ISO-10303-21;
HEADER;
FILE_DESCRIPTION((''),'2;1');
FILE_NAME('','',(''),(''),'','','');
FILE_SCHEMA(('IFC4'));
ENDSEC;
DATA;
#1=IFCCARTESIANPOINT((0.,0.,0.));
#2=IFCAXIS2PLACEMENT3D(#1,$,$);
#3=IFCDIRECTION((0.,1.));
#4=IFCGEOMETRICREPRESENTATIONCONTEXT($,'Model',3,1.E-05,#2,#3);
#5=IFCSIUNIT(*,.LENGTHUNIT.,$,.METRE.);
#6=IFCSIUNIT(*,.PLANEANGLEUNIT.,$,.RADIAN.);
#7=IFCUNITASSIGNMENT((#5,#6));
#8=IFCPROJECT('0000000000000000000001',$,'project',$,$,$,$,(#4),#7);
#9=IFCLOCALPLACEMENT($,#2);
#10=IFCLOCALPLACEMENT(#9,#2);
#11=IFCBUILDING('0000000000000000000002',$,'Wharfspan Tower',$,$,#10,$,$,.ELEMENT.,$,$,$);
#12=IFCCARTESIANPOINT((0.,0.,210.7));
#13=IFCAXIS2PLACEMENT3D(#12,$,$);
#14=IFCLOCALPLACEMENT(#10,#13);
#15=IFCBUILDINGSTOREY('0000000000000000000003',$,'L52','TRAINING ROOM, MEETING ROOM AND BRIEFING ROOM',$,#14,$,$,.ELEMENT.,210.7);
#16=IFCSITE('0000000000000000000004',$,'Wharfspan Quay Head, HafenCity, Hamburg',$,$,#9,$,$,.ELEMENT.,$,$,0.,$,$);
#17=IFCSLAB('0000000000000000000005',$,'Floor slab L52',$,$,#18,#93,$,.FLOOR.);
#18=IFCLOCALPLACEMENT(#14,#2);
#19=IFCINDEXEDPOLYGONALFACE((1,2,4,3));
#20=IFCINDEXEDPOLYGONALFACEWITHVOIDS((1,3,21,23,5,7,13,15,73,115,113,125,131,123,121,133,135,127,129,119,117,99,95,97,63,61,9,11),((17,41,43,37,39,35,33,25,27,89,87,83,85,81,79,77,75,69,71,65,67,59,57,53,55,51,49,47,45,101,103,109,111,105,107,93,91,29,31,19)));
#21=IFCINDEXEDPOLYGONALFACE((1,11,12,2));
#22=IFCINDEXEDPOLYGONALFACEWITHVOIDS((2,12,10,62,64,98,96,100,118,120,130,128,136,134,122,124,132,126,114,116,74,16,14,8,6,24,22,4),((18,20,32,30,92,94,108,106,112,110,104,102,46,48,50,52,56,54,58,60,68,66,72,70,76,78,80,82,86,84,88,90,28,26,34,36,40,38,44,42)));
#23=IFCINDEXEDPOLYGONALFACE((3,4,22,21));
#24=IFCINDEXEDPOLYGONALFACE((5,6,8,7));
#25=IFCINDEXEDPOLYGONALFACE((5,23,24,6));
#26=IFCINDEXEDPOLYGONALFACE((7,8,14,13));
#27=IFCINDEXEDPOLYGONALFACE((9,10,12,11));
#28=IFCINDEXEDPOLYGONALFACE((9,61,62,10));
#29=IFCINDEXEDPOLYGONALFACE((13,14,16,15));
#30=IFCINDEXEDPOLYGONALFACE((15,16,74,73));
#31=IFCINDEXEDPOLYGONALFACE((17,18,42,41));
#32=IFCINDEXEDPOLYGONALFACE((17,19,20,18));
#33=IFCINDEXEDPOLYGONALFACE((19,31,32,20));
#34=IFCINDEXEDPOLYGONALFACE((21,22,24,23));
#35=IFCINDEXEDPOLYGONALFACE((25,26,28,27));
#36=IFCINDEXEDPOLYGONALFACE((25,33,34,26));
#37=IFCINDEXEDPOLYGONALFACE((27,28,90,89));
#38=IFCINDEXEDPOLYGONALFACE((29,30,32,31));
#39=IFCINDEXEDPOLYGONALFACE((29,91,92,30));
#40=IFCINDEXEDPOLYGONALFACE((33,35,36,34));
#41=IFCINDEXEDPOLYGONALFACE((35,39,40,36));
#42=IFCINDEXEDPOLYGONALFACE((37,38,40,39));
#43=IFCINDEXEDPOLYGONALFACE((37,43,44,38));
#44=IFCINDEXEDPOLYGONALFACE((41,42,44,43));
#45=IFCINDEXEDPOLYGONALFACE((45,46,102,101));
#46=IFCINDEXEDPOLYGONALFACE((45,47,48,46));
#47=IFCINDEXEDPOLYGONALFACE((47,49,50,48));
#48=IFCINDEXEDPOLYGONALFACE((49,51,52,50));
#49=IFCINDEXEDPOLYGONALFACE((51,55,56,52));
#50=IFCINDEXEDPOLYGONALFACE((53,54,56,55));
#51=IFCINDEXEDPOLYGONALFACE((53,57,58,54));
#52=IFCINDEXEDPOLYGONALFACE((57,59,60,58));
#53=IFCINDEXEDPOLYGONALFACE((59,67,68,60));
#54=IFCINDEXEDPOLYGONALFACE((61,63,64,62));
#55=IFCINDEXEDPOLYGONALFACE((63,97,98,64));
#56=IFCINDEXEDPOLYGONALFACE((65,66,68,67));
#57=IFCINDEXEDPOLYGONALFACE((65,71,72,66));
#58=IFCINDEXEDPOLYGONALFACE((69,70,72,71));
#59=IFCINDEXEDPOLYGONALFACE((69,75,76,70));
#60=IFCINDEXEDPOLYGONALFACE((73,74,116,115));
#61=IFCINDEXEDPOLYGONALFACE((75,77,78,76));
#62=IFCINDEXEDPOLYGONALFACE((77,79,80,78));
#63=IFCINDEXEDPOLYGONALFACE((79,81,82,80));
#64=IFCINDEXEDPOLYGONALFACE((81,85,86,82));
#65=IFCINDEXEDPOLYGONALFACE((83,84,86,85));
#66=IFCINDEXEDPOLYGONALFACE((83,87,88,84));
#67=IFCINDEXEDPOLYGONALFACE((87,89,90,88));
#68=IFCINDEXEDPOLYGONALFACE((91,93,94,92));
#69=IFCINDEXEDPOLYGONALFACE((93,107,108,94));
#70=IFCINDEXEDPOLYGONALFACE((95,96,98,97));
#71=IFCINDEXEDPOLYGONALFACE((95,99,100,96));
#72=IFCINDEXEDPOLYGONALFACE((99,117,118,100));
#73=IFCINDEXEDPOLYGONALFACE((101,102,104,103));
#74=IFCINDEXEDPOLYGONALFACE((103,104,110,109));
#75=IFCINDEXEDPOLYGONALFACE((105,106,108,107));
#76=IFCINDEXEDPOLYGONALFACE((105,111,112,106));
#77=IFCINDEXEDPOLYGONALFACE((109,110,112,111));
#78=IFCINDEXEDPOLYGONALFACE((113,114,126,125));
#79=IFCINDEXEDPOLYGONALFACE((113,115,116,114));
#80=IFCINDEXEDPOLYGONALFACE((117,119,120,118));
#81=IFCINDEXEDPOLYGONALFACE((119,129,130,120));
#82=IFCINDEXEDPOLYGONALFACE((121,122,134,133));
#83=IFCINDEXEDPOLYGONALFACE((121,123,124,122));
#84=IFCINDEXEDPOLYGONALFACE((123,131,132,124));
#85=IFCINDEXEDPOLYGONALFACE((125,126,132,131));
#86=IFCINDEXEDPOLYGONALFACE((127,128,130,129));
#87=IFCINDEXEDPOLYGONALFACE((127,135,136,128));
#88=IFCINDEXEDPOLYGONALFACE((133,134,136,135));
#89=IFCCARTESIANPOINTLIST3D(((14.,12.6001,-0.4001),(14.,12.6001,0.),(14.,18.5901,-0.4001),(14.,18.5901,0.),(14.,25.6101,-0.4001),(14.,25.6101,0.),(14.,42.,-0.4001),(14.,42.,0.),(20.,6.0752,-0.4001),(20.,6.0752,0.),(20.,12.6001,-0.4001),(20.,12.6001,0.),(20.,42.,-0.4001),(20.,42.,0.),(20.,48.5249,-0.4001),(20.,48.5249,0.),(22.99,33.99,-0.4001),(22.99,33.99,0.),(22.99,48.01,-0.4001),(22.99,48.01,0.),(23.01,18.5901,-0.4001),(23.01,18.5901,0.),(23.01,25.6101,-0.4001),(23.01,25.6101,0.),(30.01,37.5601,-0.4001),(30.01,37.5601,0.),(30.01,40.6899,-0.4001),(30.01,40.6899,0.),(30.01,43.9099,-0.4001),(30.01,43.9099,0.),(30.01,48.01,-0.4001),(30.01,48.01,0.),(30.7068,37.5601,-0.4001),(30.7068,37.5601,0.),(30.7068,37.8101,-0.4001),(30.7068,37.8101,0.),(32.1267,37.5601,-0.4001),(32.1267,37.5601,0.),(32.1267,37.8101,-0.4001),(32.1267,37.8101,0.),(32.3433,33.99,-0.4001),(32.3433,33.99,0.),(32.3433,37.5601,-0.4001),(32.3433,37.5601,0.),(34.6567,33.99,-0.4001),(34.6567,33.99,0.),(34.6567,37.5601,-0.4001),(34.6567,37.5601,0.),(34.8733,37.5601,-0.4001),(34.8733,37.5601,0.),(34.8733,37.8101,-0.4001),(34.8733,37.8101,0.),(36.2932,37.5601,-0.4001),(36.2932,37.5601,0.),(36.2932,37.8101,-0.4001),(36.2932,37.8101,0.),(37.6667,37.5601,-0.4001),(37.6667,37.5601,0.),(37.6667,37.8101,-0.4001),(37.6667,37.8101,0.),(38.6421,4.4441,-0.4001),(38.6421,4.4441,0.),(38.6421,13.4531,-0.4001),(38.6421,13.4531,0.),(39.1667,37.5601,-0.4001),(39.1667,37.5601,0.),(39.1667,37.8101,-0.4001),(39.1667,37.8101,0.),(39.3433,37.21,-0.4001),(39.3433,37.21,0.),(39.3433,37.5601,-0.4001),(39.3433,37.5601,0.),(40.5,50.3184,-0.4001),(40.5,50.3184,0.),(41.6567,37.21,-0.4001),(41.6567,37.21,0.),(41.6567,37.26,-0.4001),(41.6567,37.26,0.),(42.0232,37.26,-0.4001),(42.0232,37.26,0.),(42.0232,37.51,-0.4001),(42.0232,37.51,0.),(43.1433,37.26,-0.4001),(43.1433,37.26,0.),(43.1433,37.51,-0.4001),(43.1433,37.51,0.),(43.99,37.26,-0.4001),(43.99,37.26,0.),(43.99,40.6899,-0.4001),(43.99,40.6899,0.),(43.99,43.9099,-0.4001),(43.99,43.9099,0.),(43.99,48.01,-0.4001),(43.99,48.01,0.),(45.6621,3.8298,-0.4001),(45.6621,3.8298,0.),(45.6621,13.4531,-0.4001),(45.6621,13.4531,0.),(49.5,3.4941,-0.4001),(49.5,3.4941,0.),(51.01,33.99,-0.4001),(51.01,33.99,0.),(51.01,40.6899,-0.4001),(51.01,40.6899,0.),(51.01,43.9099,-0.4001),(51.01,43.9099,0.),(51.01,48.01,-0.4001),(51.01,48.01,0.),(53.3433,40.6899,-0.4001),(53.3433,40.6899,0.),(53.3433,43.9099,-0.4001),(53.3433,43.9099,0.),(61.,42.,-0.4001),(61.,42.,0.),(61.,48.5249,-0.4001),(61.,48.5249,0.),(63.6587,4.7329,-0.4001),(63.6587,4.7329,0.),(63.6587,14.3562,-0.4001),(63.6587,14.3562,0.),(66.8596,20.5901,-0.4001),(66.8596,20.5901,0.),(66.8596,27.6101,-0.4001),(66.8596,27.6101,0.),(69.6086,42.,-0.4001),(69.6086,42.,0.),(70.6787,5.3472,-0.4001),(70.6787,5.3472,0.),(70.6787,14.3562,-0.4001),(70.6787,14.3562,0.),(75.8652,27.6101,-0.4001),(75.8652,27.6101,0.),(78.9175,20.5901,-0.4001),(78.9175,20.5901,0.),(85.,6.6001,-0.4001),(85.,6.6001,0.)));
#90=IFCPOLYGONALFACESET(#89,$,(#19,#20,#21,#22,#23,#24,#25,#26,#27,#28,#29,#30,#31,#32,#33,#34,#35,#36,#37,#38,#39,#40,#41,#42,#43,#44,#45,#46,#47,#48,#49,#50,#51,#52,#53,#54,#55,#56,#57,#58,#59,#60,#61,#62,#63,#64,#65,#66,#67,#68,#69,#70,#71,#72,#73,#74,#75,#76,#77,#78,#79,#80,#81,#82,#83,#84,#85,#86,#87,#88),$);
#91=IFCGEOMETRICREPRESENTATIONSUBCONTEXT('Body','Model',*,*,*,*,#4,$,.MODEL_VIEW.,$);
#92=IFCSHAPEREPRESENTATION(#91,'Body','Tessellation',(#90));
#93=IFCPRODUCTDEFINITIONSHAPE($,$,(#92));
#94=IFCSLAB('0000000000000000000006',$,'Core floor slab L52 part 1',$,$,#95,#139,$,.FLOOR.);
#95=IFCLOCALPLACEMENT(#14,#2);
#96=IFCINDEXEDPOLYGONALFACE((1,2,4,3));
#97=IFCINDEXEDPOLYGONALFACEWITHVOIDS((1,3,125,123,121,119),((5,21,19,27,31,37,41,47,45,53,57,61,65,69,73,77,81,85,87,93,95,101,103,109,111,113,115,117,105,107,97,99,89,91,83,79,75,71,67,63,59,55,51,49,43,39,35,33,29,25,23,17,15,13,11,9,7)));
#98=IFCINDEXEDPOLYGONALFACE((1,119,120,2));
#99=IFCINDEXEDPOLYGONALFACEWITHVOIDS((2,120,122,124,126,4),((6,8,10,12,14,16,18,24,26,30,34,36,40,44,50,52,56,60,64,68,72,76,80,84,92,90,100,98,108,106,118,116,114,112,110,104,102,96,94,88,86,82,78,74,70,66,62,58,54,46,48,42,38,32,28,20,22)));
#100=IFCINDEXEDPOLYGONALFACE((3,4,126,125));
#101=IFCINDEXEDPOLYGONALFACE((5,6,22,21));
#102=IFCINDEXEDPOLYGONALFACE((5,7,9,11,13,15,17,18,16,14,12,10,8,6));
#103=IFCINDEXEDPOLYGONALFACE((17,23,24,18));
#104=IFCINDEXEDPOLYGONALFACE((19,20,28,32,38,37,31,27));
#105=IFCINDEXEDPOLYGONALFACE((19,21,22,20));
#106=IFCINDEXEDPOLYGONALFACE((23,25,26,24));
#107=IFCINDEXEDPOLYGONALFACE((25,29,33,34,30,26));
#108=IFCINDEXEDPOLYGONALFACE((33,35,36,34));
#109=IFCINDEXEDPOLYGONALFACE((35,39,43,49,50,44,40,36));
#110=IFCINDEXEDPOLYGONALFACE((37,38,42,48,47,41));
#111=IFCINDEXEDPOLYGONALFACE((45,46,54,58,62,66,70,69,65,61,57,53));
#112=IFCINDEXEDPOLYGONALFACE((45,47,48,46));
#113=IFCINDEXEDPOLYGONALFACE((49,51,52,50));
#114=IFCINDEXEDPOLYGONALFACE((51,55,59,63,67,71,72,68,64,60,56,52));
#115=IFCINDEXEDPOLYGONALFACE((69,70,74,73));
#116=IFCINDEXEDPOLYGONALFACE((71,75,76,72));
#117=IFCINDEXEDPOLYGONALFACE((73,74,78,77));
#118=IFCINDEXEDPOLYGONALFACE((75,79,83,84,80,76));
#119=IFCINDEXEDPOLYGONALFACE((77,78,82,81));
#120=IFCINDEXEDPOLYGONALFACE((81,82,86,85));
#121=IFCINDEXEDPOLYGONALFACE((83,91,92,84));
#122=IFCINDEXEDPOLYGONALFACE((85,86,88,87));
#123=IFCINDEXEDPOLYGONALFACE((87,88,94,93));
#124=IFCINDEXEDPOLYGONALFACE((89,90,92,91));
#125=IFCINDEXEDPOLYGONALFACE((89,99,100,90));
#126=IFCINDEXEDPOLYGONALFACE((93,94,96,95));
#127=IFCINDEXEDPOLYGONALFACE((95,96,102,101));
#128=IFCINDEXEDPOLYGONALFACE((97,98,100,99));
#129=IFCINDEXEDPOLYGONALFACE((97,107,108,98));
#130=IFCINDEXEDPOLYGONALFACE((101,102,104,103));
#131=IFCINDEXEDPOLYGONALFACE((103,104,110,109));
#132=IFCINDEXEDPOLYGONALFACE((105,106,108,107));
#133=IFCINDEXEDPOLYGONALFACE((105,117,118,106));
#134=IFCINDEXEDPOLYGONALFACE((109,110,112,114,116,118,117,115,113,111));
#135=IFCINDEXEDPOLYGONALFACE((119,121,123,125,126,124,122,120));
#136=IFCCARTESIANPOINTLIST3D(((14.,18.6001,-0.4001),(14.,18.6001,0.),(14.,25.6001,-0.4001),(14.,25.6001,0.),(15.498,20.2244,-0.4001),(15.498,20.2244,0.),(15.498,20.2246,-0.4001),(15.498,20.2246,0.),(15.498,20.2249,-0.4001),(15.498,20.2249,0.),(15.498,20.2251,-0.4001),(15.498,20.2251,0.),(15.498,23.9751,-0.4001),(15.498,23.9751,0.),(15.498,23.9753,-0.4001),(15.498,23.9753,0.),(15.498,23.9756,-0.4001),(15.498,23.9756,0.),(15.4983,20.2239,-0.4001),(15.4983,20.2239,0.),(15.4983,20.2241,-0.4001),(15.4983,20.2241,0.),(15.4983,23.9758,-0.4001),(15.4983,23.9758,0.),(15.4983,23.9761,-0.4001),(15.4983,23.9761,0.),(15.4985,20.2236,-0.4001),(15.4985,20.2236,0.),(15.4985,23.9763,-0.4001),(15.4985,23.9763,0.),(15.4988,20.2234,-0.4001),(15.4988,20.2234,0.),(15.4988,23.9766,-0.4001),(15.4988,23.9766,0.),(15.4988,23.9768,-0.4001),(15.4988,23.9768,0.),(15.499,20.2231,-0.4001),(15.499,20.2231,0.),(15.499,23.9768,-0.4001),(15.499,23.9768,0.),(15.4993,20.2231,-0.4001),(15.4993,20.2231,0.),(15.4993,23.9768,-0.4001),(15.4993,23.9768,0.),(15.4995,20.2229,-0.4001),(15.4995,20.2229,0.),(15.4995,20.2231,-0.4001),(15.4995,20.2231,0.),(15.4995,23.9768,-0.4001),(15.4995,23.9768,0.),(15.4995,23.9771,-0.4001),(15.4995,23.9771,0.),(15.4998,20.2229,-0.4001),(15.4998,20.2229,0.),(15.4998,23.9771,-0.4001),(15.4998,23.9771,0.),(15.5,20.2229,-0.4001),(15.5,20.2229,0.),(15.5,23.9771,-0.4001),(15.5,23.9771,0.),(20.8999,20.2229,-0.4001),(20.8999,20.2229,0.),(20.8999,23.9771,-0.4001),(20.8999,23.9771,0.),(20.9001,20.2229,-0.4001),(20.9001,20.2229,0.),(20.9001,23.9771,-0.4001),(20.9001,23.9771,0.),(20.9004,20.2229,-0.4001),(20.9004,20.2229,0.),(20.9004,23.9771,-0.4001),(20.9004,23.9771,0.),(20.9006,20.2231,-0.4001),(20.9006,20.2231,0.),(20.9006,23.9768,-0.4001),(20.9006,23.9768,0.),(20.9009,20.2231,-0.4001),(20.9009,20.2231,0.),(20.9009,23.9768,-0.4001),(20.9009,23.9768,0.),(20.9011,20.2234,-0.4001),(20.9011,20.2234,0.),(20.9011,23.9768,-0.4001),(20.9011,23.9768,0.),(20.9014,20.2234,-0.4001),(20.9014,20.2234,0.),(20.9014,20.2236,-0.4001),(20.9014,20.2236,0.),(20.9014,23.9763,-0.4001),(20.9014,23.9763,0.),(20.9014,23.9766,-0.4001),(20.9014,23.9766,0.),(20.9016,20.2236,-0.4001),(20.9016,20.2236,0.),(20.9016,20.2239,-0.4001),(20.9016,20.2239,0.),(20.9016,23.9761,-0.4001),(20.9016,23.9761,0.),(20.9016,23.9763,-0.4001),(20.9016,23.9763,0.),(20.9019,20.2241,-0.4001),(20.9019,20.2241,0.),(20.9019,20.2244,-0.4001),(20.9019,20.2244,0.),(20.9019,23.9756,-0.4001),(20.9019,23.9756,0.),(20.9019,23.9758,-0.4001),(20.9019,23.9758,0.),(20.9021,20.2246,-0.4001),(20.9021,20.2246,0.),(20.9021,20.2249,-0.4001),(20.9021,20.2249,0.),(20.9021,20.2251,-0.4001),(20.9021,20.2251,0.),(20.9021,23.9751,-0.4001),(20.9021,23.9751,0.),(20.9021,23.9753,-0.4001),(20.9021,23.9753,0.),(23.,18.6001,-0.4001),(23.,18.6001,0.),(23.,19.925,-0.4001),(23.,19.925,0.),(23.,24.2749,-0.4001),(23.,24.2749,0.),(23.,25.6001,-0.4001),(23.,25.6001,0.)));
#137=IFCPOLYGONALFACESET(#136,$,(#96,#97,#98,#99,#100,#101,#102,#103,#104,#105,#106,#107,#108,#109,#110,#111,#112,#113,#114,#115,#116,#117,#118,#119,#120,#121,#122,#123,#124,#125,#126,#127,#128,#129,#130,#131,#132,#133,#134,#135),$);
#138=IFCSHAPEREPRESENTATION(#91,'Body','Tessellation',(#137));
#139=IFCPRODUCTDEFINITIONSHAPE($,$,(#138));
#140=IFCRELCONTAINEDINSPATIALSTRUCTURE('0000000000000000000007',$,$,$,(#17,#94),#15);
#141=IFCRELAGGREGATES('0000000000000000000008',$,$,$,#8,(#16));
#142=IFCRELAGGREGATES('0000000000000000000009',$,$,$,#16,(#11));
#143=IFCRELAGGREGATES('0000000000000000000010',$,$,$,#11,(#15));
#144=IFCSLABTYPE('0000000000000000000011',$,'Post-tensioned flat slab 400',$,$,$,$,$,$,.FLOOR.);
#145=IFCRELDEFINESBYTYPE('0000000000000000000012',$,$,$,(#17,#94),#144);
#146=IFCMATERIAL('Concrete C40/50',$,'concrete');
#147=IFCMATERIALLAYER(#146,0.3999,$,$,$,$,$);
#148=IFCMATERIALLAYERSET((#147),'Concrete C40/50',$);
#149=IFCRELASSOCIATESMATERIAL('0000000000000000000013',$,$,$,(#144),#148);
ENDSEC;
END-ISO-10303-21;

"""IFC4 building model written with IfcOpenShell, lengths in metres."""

from ifc_helpers import new_model, si_unit, direction, frame, origin, place, context, subcontext, project, spatial, polyline, outline, extrude, material, layer, layer_set, type_object, element, save


model = new_model("IFC4")

# Units and contexts
model_context = context("Model", 3, precision=1e-05, world=origin(), true_north=direction((0.0, 1.0)))
body_context = subcontext(model_context, "Body", "Model", "MODEL_VIEW")
ifc_project = project(units=[si_unit("LENGTHUNIT", "METRE"), si_unit("PLANEANGLEUNIT", "RADIAN")], contexts=[model_context])

# Site, building, storey
site_placement = place(None, origin())
site = spatial("IfcSite", under=ifc_project, at=site_placement, Name="Wharfspan Quay Head, HafenCity, Hamburg", CompositionType="ELEMENT", RefElevation=0.0)
building_placement = place(site_placement, origin())
building = spatial("IfcBuilding", under=site, at=building_placement, Name="Wharfspan Tower", CompositionType="ELEMENT")
storey_placement = place(building_placement, frame((0.0, 0.0, 210.7)))
storey = spatial("IfcBuildingStorey", under=building, at=storey_placement, Name="L52", Description="TRAINING ROOM, MEETING ROOM AND BRIEFING ROOM", CompositionType="ELEMENT", Elevation=210.7)

# Slabs
ifc_material_1 = material(Name="Concrete C40/50", Category="concrete")
ifc_layer_1 = layer(ifc_material_1, 0.3999)
ifc_layer_set_1 = layer_set([ifc_layer_1], Name="Concrete C40/50")
slab_type_1 = type_object("IfcSlabType", Name="Post-tensioned flat slab 400", PredefinedType="FLOOR", material=ifc_layer_set_1)
slab_1_placement = place(storey_placement, frame((0.0, 0.0, -0.4001)))
element("IfcSlab", 1, at=slab_1_placement, inside=storey, type_object=slab_type_1, Name="Floor slab L52", PredefinedType="FLOOR", context=body_context, shape_type="SweptSolid", body=[
    extrude(outline(polyline([(38.6421, 4.4441), (38.6421, 13.4531), (45.6621, 13.4531), (45.6621, 3.8298), (49.5, 3.4941), (63.6587, 4.7329), (63.6587, 14.3562), (70.6787, 14.3562), (70.6787, 5.3472), (85.0, 6.6001), (78.9175, 20.5901), (66.8596, 20.5901), (66.8596, 27.6101), (75.8652, 27.6101), (69.6086, 42.0), (61.0, 42.0), (61.0, 48.5249), (40.5, 50.3184), (20.0, 48.5249), (20.0, 42.0), (14.0, 42.0), (14.0, 25.6101), (23.01, 25.6101), (23.01, 18.5901), (14.0, 18.5901), (14.0, 12.6001), (20.0, 12.6001), (20.0, 6.0752), (38.6421, 4.4441)]), holes=[polyline([(32.1267, 37.5601), (32.3433, 37.5601), (32.3433, 33.99), (22.99, 33.99), (22.99, 48.01), (30.01, 48.01), (30.01, 43.9099), (43.99, 43.9099), (43.99, 48.01), (51.01, 48.01), (51.01, 43.9099), (53.3433, 43.9099), (53.3433, 40.6899), (51.01, 40.6899), (51.01, 33.99), (34.6567, 33.99), (34.6567, 37.5601), (34.8733, 37.5601), (34.8733, 37.8101), (36.2932, 37.8101), (36.2932, 37.5601), (37.6667, 37.5601), (37.6667, 37.8101), (39.1667, 37.8101), (39.1667, 37.5601), (39.3433, 37.5601), (39.3433, 37.21), (41.6567, 37.21), (41.6567, 37.26), (42.0232, 37.26), (42.0232, 37.51), (43.1433, 37.51), (43.1433, 37.26), (43.99, 37.26), (43.99, 40.6899), (30.01, 40.6899), (30.01, 37.5601), (30.7068, 37.5601), (30.7068, 37.8101), (32.1267, 37.8101), (32.1267, 37.5601)])]), origin(), (0.0, 0.0, 1.0), 0.4001),
])
slab_2_placement = place(storey_placement, frame((0.0, 0.0, -0.4001)))
element("IfcSlab", 2, at=slab_2_placement, inside=storey, type_object=slab_type_1, Name="Core floor slab L52 part 1", PredefinedType="FLOOR", context=body_context, shape_type="SweptSolid", body=[
    extrude(outline(polyline([(23.0, 19.925), (23.0, 24.2749), (23.0, 25.6001), (14.0, 25.6001), (14.0, 18.6001), (23.0, 18.6001), (23.0, 19.925)]), holes=[polyline([(20.8999, 23.9771), (20.9001, 23.9771), (20.9004, 23.9771), (20.9006, 23.9768), (20.9009, 23.9768), (20.9009, 23.9768), (20.9011, 23.9768), (20.9014, 23.9766), (20.9014, 23.9763), (20.9016, 23.9763), (20.9016, 23.9761), (20.9019, 23.9758), (20.9019, 23.9758), (20.9019, 23.9756), (20.9021, 23.9753), (20.9021, 23.9751), (20.9021, 23.9751), (20.9021, 20.2251), (20.9021, 20.2249), (20.9021, 20.2246), (20.9019, 20.2244), (20.9019, 20.2241), (20.9019, 20.2241), (20.9016, 20.2239), (20.9016, 20.2236), (20.9014, 20.2236), (20.9014, 20.2234), (20.9011, 20.2234), (20.9009, 20.2231), (20.9009, 20.2231), (20.9006, 20.2231), (20.9004, 20.2229), (20.9001, 20.2229), (20.8999, 20.2229), (15.5, 20.2229), (15.4998, 20.2229), (15.4995, 20.2229), (15.4995, 20.2231), (15.4993, 20.2231), (15.499, 20.2231), (15.4988, 20.2234), (15.4988, 20.2234), (15.4985, 20.2236), (15.4985, 20.2236), (15.4983, 20.2239), (15.4983, 20.2241), (15.4983, 20.2241), (15.498, 20.2244), (15.498, 20.2246), (15.498, 20.2249), (15.498, 20.2251), (15.498, 23.9751), (15.498, 23.9751), (15.498, 23.9753), (15.498, 23.9756), (15.4983, 23.9758), (15.4983, 23.9758), (15.4983, 23.9761), (15.4985, 23.9763), (15.4985, 23.9763), (15.4988, 23.9766), (15.4988, 23.9768), (15.499, 23.9768), (15.4993, 23.9768), (15.4995, 23.9768), (15.4995, 23.9771), (15.4998, 23.9771), (15.5, 23.9771), (20.8999, 23.9771)])]), origin(), (0.0, 0.0, 1.0), 0.4001),
])

save(model, "model.ifc")
